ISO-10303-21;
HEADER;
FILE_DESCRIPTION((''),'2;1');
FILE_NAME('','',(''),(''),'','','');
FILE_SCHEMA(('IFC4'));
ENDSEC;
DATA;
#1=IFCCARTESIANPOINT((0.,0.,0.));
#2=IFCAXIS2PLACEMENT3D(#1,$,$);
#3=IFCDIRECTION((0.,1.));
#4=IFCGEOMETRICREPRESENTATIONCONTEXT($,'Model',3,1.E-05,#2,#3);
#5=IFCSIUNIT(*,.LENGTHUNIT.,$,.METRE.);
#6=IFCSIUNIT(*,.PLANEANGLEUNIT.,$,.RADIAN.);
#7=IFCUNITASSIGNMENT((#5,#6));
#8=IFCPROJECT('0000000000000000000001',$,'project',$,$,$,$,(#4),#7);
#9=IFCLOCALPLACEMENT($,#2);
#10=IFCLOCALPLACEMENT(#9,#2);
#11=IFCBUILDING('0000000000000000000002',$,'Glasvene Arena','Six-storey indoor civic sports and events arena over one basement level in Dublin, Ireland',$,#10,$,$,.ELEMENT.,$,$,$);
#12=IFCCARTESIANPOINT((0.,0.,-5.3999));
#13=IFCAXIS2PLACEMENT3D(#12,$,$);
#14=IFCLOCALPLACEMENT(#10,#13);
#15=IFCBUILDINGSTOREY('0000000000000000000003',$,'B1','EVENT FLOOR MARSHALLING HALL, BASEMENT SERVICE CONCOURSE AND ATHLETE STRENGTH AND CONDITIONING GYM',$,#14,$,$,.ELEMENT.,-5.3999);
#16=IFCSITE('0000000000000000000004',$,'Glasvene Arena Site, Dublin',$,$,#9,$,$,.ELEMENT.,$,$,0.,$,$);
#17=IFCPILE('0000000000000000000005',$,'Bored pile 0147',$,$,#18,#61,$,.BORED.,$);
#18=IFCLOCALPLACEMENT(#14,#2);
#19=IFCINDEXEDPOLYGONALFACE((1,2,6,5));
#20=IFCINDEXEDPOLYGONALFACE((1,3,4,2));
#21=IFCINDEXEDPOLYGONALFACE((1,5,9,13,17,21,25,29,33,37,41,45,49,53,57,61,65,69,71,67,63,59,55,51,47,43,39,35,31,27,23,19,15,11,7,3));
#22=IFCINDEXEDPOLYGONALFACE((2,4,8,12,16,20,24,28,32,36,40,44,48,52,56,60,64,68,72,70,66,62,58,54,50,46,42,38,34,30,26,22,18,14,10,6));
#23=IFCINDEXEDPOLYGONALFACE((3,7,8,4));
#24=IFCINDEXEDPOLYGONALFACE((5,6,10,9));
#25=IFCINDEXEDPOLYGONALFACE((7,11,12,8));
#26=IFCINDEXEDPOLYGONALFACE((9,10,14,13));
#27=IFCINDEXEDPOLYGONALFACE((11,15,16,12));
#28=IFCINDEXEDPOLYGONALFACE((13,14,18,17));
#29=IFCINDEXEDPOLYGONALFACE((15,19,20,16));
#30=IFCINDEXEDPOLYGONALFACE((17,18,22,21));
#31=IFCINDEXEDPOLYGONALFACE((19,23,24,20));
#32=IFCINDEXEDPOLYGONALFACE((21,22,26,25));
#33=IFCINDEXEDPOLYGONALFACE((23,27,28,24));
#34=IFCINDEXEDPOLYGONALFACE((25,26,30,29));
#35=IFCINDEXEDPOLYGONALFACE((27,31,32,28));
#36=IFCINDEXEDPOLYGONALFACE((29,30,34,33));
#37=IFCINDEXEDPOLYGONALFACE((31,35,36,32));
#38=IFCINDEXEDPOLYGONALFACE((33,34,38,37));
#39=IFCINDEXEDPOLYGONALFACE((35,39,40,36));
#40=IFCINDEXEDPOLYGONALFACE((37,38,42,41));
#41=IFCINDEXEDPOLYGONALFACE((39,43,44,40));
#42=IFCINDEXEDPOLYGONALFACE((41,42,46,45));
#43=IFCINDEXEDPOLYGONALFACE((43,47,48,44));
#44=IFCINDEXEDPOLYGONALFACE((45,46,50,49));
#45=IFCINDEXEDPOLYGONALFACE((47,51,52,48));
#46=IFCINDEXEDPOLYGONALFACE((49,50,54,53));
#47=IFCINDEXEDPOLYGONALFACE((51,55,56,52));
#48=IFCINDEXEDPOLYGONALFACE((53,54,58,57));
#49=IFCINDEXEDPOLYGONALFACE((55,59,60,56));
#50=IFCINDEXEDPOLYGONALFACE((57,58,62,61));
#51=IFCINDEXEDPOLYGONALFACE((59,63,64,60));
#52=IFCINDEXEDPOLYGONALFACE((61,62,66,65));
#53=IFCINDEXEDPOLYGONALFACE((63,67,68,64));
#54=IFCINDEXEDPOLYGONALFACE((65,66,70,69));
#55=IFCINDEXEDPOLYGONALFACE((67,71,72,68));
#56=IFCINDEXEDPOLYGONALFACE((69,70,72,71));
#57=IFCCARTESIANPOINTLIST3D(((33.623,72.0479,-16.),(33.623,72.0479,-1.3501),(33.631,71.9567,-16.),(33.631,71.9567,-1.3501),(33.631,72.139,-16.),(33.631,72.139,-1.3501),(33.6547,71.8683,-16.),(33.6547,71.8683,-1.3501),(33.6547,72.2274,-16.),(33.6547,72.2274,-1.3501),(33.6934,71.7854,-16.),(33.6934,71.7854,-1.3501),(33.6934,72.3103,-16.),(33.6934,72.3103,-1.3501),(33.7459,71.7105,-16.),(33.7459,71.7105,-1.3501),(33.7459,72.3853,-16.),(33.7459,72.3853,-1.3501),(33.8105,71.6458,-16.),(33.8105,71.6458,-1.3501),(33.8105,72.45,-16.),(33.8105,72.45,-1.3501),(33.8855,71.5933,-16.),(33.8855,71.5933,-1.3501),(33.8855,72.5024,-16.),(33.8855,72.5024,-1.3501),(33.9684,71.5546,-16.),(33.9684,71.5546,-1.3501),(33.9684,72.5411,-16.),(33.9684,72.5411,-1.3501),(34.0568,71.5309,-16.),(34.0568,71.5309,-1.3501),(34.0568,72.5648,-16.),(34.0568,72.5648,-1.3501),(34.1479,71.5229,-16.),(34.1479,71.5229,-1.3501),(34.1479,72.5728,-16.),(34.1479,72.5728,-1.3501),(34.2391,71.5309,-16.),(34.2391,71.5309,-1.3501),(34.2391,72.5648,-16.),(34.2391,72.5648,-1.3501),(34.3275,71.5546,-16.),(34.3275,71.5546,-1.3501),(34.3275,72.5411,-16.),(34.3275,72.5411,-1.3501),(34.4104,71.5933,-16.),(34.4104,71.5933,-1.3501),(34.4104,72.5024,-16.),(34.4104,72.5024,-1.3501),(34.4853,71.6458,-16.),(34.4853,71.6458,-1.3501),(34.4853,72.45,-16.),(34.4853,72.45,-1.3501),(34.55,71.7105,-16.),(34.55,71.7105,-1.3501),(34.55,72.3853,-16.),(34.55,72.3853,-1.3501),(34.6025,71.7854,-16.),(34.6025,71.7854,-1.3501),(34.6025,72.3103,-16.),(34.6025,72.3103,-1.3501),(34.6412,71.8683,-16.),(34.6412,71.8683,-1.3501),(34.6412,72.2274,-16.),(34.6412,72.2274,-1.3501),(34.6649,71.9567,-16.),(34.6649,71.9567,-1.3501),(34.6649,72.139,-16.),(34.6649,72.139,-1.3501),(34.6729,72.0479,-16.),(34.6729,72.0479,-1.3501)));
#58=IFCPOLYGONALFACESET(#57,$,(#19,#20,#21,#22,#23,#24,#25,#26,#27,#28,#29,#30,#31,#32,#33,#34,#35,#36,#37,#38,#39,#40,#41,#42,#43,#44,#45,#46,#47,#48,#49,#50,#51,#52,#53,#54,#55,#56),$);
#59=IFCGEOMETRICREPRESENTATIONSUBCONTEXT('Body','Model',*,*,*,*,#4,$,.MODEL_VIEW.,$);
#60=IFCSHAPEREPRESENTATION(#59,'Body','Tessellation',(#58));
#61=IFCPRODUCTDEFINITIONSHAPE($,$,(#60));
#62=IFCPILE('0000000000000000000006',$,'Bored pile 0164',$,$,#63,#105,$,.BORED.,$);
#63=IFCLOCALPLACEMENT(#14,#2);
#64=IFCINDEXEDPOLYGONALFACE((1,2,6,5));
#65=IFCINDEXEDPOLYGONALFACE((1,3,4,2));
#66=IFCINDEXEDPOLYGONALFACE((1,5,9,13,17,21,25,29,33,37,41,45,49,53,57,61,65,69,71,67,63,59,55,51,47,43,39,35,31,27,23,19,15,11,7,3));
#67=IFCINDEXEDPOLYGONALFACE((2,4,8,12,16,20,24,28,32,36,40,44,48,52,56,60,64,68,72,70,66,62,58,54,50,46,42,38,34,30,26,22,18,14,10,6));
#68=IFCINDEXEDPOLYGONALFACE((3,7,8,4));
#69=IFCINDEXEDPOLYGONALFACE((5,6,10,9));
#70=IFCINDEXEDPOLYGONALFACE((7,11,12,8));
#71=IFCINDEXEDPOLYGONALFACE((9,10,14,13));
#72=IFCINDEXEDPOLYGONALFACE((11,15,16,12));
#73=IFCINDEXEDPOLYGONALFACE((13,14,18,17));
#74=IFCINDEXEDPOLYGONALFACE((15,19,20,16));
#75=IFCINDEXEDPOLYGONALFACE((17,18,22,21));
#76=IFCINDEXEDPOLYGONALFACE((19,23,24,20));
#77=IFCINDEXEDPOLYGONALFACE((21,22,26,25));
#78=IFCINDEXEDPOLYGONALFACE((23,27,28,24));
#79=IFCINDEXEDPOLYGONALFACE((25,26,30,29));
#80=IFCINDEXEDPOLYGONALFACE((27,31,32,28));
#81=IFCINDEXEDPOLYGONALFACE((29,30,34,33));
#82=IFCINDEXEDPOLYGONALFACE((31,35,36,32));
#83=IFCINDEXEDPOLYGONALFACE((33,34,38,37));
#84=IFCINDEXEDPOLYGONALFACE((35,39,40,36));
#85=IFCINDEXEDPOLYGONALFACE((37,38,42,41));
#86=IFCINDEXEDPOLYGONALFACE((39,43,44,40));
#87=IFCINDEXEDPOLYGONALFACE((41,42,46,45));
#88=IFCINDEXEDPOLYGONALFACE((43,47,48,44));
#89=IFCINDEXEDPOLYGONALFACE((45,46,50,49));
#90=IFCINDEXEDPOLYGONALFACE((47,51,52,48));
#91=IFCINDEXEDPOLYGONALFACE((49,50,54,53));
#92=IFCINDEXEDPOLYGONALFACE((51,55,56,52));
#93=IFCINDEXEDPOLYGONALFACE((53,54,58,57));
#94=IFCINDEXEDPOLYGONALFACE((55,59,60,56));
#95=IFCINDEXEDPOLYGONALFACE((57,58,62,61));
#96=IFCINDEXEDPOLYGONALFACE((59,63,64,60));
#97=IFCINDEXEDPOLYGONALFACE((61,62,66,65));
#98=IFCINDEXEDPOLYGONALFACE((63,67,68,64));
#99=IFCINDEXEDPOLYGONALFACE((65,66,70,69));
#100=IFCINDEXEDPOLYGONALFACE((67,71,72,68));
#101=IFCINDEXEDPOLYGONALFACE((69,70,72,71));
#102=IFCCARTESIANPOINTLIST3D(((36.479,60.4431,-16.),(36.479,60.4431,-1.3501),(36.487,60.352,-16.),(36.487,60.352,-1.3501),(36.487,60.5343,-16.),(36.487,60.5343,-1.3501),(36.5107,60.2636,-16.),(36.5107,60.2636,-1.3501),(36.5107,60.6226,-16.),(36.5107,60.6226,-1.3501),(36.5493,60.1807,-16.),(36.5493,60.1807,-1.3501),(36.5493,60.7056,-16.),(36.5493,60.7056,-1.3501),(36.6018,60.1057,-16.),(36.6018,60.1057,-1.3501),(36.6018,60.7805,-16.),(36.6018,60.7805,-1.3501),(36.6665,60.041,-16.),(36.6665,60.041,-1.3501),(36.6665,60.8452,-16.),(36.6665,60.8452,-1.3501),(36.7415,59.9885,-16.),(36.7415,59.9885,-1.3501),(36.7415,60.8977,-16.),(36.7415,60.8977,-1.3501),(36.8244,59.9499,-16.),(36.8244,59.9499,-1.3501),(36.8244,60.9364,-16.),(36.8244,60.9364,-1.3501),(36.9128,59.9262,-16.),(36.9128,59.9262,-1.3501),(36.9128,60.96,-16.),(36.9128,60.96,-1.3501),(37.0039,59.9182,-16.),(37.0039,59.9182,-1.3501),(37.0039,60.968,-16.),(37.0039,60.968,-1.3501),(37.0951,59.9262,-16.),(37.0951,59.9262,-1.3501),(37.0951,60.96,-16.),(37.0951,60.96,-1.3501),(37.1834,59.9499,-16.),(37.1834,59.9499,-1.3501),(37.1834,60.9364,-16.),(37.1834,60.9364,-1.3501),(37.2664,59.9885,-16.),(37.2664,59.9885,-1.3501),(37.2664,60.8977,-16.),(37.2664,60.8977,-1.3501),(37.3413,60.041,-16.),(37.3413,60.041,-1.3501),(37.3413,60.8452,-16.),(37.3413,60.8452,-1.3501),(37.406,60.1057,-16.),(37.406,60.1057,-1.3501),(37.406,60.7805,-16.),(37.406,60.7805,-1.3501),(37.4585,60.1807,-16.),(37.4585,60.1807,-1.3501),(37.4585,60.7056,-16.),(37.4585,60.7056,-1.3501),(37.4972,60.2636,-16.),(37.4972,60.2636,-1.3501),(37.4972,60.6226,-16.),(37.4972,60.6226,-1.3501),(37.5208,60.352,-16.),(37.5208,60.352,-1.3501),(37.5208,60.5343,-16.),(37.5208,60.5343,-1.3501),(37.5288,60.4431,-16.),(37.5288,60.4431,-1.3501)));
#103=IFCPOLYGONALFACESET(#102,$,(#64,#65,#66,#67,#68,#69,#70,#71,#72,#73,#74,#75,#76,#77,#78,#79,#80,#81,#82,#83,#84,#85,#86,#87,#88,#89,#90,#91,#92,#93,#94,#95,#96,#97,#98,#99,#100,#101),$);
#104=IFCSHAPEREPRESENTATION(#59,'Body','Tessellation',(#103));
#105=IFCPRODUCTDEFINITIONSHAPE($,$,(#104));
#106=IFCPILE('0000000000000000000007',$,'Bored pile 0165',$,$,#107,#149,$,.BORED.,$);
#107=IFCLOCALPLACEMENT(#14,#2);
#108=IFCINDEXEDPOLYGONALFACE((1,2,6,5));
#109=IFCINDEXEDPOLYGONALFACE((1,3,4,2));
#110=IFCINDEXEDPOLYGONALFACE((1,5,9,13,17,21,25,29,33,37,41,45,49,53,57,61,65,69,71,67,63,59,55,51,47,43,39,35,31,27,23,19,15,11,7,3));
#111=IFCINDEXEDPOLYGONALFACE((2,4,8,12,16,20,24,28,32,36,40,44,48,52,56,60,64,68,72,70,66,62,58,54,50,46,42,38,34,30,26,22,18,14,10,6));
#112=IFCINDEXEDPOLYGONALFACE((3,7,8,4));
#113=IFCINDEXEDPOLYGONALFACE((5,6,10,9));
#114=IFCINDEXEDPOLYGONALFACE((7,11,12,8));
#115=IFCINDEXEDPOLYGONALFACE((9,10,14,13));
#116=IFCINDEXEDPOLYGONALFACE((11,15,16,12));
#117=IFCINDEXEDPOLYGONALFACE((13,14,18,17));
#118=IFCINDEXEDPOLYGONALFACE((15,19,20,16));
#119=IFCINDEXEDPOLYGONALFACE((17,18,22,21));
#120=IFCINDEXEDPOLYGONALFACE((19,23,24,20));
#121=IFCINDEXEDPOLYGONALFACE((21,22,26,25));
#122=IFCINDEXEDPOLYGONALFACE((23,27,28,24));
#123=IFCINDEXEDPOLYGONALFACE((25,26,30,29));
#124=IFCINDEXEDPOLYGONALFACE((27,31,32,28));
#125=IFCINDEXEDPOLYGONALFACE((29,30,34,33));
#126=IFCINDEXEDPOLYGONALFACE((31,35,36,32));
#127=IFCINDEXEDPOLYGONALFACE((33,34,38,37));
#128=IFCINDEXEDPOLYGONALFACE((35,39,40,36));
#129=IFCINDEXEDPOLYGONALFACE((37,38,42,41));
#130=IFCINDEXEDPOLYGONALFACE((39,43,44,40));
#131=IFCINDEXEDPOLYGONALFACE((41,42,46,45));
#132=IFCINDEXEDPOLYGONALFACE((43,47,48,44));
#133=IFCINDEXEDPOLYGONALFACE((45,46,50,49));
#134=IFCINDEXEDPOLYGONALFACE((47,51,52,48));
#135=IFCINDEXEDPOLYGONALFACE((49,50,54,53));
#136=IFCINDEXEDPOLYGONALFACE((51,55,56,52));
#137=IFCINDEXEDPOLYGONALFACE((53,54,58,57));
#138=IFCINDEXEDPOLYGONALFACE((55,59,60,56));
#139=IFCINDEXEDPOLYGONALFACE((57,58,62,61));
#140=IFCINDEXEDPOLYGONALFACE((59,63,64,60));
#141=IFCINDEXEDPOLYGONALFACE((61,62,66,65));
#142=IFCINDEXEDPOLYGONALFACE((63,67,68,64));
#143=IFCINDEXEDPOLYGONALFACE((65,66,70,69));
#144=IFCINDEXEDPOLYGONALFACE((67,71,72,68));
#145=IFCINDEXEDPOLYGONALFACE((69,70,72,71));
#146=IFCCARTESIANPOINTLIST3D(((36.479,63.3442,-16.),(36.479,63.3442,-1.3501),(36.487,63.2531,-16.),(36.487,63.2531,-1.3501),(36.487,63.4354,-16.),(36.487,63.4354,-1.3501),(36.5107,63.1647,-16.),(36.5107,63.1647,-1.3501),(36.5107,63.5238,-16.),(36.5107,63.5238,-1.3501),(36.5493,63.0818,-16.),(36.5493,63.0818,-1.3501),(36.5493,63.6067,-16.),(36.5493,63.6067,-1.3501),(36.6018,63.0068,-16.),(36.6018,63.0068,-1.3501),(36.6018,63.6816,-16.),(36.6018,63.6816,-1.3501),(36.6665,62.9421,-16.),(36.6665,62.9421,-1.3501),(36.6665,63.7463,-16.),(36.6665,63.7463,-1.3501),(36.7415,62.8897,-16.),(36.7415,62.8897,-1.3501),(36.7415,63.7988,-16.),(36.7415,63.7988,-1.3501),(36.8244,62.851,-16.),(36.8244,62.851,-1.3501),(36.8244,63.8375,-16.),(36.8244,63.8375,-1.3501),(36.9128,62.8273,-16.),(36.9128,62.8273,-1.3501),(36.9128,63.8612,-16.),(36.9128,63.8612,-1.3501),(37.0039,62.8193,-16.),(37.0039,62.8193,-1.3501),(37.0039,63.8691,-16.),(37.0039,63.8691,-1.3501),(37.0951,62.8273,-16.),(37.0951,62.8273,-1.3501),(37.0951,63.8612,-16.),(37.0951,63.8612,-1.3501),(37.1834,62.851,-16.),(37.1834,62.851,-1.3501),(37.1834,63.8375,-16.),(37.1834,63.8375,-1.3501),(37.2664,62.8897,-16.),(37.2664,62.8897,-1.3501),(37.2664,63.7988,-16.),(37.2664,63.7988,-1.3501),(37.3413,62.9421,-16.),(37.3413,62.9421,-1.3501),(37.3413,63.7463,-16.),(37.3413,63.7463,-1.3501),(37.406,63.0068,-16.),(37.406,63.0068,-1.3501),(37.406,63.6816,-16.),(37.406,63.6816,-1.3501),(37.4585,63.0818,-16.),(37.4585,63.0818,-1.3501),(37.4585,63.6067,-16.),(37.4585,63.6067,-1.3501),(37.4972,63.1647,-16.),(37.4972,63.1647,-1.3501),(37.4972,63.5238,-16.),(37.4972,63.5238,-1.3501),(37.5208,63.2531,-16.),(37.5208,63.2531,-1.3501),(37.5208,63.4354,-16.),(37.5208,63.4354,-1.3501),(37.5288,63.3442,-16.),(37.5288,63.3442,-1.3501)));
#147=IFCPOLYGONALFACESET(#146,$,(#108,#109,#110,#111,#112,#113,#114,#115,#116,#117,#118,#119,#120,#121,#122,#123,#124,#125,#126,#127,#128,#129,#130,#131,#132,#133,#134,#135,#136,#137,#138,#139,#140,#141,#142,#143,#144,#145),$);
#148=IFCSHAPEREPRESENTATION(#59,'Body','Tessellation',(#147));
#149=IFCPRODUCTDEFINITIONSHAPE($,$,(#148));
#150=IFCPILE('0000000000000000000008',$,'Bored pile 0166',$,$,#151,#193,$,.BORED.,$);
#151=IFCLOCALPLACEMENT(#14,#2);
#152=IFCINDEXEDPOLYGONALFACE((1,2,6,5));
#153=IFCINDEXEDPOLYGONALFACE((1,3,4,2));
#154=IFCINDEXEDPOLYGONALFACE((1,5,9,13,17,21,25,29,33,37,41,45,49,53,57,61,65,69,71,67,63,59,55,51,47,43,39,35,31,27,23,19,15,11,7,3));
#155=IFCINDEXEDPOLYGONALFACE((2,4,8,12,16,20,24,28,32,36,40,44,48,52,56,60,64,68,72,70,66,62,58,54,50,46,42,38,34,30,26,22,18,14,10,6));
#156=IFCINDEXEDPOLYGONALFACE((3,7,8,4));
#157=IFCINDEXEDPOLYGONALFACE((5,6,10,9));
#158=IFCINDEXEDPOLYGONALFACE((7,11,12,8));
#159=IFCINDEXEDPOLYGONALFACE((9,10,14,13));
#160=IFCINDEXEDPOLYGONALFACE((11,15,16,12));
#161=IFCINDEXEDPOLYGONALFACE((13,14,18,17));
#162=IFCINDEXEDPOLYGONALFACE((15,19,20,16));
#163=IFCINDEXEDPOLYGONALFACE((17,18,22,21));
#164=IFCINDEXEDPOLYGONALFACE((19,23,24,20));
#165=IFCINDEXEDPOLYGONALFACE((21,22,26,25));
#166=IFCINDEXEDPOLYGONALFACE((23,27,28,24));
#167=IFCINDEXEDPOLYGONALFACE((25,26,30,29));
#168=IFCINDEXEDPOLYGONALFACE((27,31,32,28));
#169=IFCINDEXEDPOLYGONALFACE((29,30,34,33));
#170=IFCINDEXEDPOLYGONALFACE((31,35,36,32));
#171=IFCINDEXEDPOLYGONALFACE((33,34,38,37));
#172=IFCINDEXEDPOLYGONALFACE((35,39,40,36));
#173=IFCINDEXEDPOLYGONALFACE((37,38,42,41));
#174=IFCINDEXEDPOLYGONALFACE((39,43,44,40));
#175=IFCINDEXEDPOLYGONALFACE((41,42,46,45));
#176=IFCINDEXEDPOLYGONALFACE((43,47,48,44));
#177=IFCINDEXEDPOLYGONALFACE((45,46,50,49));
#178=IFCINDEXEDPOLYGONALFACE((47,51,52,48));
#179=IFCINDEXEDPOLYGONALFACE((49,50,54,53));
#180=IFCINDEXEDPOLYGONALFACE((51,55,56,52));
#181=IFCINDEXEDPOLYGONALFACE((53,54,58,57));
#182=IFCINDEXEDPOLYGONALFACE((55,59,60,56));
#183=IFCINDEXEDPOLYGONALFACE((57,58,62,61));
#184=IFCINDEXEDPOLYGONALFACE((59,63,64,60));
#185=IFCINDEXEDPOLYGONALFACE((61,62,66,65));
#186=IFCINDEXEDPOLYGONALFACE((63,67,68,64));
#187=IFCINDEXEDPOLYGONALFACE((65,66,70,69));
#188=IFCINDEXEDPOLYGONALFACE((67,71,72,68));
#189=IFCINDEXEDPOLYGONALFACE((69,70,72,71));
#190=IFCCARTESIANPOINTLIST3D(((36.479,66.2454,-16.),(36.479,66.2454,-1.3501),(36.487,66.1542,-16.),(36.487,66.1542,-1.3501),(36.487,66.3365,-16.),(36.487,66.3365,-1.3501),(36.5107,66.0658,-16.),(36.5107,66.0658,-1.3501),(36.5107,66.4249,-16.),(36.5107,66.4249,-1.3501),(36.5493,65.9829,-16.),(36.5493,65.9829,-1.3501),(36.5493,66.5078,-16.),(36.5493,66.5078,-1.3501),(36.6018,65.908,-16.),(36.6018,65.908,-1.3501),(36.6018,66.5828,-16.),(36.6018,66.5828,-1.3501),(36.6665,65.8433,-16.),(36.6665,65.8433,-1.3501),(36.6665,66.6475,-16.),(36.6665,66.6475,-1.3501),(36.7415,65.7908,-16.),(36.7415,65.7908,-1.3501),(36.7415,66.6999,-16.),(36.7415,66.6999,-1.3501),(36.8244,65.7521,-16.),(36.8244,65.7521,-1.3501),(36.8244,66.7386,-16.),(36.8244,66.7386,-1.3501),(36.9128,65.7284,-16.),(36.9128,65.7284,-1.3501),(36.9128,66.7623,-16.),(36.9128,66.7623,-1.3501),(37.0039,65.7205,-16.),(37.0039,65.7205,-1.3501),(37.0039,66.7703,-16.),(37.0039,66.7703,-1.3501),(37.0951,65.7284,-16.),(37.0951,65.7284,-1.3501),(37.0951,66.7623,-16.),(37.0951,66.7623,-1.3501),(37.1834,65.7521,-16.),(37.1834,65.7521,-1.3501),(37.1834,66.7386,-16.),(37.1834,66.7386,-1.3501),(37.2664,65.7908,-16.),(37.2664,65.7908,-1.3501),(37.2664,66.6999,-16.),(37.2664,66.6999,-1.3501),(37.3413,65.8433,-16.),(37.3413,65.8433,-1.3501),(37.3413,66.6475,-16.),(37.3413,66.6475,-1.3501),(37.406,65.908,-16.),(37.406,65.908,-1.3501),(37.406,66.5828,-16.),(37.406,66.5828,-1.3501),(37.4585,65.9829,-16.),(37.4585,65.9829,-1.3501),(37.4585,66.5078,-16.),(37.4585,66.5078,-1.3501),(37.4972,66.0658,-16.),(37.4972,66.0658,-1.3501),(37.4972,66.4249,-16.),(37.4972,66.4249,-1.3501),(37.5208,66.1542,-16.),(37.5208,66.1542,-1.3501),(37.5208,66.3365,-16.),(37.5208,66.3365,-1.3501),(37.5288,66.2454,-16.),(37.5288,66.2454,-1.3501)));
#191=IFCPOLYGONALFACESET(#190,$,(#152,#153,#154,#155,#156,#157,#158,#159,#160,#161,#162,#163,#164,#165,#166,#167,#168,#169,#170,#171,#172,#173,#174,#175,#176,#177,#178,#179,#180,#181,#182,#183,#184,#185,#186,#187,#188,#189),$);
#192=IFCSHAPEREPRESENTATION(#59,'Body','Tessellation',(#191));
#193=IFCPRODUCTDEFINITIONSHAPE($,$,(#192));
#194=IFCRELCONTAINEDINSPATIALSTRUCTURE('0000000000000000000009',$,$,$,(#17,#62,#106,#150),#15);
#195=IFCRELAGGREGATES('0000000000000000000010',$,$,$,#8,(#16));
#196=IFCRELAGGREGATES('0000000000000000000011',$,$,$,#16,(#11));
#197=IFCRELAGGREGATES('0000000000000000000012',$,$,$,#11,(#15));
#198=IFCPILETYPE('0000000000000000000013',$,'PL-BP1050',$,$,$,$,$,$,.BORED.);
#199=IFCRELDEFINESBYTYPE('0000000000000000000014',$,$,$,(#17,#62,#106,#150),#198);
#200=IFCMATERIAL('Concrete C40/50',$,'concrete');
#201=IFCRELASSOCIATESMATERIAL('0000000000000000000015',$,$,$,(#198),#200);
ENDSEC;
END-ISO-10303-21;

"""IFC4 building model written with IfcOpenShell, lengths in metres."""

from ifc_helpers import new_model, si_unit, direction, frame, origin, origin_2d, place, context, subcontext, project, spatial, circle, extrude, material, material_profile, profile_set, type_object, element, save


model = new_model("IFC4")

# Units and contexts
model_context = context("Model", 3, precision=1e-05, world=origin(), true_north=direction((0.0, 1.0)))
body_context = subcontext(model_context, "Body", "Model", "MODEL_VIEW")
ifc_project = project(units=[si_unit("LENGTHUNIT", "METRE"), si_unit("PLANEANGLEUNIT", "RADIAN")], contexts=[model_context])

# Site, building, storey
site_placement = place(None, origin())
site = spatial("IfcSite", under=ifc_project, at=site_placement, Name="Glasvene Arena Site, Dublin", CompositionType="ELEMENT", RefElevation=0.0)
building_placement = place(site_placement, origin())
building = spatial("IfcBuilding", under=site, at=building_placement, Name="Glasvene Arena", Description="Six-storey indoor civic sports and events arena over one basement level in Dublin, Ireland", CompositionType="ELEMENT")
storey_placement = place(building_placement, frame((0.0, 0.0, -5.3999)))
storey = spatial("IfcBuildingStorey", under=building, at=storey_placement, Name="B1", Description="EVENT FLOOR MARSHALLING HALL, BASEMENT SERVICE CONCOURSE AND ATHLETE STRENGTH AND CONDITIONING GYM", CompositionType="ELEMENT", Elevation=-5.3999)

# Piles
ifc_material_1 = material(Name="Concrete C40/50", Category="concrete")
ifc_material_profile = material_profile(ifc_material_1, circle(Radius=0.5249, at=origin_2d()), Name="BORED PILE 1050")
ifc_profile_set = profile_set([ifc_material_profile], Name="Concrete C40/50")
pile_type = type_object("IfcPileType", Name="PL-BP1050", PredefinedType="BORED", material=ifc_profile_set)
for number, where, z_axis, x_axis, name in (
    (1, (34.1479, 72.0479, -1.3501), (0.0, 0.0, -1.0), (1.0, 0.0, 0.0), "Bored pile 0147"),
    (2, (37.0039, 60.4431, -1.3501), (0.0, 0.0, -1.0), (1.0, 0.0, 0.0), "Bored pile 0164"),
    (3, (37.0039, 63.3442, -1.3501), (0.0, 0.0, -1.0), (1.0, 0.0, 0.0), "Bored pile 0165"),
    (4, (37.0039, 66.2454, -1.3501), (0.0, 0.0, -1.0), (1.0, 0.0, 0.0), "Bored pile 0166"),
):
    element("IfcPile", number, at=place(storey_placement, frame(where, z_axis=z_axis, x_axis=x_axis)), inside=storey, type_object=pile_type, Name=name, PredefinedType="BORED", context=body_context, shape_type="SweptSolid", body=[
        extrude(circle(Radius=0.5249, at=origin_2d()), origin(), (0.0, 0.0, 1.0), 14.6499),
    ])

save(model, "model.ifc")
